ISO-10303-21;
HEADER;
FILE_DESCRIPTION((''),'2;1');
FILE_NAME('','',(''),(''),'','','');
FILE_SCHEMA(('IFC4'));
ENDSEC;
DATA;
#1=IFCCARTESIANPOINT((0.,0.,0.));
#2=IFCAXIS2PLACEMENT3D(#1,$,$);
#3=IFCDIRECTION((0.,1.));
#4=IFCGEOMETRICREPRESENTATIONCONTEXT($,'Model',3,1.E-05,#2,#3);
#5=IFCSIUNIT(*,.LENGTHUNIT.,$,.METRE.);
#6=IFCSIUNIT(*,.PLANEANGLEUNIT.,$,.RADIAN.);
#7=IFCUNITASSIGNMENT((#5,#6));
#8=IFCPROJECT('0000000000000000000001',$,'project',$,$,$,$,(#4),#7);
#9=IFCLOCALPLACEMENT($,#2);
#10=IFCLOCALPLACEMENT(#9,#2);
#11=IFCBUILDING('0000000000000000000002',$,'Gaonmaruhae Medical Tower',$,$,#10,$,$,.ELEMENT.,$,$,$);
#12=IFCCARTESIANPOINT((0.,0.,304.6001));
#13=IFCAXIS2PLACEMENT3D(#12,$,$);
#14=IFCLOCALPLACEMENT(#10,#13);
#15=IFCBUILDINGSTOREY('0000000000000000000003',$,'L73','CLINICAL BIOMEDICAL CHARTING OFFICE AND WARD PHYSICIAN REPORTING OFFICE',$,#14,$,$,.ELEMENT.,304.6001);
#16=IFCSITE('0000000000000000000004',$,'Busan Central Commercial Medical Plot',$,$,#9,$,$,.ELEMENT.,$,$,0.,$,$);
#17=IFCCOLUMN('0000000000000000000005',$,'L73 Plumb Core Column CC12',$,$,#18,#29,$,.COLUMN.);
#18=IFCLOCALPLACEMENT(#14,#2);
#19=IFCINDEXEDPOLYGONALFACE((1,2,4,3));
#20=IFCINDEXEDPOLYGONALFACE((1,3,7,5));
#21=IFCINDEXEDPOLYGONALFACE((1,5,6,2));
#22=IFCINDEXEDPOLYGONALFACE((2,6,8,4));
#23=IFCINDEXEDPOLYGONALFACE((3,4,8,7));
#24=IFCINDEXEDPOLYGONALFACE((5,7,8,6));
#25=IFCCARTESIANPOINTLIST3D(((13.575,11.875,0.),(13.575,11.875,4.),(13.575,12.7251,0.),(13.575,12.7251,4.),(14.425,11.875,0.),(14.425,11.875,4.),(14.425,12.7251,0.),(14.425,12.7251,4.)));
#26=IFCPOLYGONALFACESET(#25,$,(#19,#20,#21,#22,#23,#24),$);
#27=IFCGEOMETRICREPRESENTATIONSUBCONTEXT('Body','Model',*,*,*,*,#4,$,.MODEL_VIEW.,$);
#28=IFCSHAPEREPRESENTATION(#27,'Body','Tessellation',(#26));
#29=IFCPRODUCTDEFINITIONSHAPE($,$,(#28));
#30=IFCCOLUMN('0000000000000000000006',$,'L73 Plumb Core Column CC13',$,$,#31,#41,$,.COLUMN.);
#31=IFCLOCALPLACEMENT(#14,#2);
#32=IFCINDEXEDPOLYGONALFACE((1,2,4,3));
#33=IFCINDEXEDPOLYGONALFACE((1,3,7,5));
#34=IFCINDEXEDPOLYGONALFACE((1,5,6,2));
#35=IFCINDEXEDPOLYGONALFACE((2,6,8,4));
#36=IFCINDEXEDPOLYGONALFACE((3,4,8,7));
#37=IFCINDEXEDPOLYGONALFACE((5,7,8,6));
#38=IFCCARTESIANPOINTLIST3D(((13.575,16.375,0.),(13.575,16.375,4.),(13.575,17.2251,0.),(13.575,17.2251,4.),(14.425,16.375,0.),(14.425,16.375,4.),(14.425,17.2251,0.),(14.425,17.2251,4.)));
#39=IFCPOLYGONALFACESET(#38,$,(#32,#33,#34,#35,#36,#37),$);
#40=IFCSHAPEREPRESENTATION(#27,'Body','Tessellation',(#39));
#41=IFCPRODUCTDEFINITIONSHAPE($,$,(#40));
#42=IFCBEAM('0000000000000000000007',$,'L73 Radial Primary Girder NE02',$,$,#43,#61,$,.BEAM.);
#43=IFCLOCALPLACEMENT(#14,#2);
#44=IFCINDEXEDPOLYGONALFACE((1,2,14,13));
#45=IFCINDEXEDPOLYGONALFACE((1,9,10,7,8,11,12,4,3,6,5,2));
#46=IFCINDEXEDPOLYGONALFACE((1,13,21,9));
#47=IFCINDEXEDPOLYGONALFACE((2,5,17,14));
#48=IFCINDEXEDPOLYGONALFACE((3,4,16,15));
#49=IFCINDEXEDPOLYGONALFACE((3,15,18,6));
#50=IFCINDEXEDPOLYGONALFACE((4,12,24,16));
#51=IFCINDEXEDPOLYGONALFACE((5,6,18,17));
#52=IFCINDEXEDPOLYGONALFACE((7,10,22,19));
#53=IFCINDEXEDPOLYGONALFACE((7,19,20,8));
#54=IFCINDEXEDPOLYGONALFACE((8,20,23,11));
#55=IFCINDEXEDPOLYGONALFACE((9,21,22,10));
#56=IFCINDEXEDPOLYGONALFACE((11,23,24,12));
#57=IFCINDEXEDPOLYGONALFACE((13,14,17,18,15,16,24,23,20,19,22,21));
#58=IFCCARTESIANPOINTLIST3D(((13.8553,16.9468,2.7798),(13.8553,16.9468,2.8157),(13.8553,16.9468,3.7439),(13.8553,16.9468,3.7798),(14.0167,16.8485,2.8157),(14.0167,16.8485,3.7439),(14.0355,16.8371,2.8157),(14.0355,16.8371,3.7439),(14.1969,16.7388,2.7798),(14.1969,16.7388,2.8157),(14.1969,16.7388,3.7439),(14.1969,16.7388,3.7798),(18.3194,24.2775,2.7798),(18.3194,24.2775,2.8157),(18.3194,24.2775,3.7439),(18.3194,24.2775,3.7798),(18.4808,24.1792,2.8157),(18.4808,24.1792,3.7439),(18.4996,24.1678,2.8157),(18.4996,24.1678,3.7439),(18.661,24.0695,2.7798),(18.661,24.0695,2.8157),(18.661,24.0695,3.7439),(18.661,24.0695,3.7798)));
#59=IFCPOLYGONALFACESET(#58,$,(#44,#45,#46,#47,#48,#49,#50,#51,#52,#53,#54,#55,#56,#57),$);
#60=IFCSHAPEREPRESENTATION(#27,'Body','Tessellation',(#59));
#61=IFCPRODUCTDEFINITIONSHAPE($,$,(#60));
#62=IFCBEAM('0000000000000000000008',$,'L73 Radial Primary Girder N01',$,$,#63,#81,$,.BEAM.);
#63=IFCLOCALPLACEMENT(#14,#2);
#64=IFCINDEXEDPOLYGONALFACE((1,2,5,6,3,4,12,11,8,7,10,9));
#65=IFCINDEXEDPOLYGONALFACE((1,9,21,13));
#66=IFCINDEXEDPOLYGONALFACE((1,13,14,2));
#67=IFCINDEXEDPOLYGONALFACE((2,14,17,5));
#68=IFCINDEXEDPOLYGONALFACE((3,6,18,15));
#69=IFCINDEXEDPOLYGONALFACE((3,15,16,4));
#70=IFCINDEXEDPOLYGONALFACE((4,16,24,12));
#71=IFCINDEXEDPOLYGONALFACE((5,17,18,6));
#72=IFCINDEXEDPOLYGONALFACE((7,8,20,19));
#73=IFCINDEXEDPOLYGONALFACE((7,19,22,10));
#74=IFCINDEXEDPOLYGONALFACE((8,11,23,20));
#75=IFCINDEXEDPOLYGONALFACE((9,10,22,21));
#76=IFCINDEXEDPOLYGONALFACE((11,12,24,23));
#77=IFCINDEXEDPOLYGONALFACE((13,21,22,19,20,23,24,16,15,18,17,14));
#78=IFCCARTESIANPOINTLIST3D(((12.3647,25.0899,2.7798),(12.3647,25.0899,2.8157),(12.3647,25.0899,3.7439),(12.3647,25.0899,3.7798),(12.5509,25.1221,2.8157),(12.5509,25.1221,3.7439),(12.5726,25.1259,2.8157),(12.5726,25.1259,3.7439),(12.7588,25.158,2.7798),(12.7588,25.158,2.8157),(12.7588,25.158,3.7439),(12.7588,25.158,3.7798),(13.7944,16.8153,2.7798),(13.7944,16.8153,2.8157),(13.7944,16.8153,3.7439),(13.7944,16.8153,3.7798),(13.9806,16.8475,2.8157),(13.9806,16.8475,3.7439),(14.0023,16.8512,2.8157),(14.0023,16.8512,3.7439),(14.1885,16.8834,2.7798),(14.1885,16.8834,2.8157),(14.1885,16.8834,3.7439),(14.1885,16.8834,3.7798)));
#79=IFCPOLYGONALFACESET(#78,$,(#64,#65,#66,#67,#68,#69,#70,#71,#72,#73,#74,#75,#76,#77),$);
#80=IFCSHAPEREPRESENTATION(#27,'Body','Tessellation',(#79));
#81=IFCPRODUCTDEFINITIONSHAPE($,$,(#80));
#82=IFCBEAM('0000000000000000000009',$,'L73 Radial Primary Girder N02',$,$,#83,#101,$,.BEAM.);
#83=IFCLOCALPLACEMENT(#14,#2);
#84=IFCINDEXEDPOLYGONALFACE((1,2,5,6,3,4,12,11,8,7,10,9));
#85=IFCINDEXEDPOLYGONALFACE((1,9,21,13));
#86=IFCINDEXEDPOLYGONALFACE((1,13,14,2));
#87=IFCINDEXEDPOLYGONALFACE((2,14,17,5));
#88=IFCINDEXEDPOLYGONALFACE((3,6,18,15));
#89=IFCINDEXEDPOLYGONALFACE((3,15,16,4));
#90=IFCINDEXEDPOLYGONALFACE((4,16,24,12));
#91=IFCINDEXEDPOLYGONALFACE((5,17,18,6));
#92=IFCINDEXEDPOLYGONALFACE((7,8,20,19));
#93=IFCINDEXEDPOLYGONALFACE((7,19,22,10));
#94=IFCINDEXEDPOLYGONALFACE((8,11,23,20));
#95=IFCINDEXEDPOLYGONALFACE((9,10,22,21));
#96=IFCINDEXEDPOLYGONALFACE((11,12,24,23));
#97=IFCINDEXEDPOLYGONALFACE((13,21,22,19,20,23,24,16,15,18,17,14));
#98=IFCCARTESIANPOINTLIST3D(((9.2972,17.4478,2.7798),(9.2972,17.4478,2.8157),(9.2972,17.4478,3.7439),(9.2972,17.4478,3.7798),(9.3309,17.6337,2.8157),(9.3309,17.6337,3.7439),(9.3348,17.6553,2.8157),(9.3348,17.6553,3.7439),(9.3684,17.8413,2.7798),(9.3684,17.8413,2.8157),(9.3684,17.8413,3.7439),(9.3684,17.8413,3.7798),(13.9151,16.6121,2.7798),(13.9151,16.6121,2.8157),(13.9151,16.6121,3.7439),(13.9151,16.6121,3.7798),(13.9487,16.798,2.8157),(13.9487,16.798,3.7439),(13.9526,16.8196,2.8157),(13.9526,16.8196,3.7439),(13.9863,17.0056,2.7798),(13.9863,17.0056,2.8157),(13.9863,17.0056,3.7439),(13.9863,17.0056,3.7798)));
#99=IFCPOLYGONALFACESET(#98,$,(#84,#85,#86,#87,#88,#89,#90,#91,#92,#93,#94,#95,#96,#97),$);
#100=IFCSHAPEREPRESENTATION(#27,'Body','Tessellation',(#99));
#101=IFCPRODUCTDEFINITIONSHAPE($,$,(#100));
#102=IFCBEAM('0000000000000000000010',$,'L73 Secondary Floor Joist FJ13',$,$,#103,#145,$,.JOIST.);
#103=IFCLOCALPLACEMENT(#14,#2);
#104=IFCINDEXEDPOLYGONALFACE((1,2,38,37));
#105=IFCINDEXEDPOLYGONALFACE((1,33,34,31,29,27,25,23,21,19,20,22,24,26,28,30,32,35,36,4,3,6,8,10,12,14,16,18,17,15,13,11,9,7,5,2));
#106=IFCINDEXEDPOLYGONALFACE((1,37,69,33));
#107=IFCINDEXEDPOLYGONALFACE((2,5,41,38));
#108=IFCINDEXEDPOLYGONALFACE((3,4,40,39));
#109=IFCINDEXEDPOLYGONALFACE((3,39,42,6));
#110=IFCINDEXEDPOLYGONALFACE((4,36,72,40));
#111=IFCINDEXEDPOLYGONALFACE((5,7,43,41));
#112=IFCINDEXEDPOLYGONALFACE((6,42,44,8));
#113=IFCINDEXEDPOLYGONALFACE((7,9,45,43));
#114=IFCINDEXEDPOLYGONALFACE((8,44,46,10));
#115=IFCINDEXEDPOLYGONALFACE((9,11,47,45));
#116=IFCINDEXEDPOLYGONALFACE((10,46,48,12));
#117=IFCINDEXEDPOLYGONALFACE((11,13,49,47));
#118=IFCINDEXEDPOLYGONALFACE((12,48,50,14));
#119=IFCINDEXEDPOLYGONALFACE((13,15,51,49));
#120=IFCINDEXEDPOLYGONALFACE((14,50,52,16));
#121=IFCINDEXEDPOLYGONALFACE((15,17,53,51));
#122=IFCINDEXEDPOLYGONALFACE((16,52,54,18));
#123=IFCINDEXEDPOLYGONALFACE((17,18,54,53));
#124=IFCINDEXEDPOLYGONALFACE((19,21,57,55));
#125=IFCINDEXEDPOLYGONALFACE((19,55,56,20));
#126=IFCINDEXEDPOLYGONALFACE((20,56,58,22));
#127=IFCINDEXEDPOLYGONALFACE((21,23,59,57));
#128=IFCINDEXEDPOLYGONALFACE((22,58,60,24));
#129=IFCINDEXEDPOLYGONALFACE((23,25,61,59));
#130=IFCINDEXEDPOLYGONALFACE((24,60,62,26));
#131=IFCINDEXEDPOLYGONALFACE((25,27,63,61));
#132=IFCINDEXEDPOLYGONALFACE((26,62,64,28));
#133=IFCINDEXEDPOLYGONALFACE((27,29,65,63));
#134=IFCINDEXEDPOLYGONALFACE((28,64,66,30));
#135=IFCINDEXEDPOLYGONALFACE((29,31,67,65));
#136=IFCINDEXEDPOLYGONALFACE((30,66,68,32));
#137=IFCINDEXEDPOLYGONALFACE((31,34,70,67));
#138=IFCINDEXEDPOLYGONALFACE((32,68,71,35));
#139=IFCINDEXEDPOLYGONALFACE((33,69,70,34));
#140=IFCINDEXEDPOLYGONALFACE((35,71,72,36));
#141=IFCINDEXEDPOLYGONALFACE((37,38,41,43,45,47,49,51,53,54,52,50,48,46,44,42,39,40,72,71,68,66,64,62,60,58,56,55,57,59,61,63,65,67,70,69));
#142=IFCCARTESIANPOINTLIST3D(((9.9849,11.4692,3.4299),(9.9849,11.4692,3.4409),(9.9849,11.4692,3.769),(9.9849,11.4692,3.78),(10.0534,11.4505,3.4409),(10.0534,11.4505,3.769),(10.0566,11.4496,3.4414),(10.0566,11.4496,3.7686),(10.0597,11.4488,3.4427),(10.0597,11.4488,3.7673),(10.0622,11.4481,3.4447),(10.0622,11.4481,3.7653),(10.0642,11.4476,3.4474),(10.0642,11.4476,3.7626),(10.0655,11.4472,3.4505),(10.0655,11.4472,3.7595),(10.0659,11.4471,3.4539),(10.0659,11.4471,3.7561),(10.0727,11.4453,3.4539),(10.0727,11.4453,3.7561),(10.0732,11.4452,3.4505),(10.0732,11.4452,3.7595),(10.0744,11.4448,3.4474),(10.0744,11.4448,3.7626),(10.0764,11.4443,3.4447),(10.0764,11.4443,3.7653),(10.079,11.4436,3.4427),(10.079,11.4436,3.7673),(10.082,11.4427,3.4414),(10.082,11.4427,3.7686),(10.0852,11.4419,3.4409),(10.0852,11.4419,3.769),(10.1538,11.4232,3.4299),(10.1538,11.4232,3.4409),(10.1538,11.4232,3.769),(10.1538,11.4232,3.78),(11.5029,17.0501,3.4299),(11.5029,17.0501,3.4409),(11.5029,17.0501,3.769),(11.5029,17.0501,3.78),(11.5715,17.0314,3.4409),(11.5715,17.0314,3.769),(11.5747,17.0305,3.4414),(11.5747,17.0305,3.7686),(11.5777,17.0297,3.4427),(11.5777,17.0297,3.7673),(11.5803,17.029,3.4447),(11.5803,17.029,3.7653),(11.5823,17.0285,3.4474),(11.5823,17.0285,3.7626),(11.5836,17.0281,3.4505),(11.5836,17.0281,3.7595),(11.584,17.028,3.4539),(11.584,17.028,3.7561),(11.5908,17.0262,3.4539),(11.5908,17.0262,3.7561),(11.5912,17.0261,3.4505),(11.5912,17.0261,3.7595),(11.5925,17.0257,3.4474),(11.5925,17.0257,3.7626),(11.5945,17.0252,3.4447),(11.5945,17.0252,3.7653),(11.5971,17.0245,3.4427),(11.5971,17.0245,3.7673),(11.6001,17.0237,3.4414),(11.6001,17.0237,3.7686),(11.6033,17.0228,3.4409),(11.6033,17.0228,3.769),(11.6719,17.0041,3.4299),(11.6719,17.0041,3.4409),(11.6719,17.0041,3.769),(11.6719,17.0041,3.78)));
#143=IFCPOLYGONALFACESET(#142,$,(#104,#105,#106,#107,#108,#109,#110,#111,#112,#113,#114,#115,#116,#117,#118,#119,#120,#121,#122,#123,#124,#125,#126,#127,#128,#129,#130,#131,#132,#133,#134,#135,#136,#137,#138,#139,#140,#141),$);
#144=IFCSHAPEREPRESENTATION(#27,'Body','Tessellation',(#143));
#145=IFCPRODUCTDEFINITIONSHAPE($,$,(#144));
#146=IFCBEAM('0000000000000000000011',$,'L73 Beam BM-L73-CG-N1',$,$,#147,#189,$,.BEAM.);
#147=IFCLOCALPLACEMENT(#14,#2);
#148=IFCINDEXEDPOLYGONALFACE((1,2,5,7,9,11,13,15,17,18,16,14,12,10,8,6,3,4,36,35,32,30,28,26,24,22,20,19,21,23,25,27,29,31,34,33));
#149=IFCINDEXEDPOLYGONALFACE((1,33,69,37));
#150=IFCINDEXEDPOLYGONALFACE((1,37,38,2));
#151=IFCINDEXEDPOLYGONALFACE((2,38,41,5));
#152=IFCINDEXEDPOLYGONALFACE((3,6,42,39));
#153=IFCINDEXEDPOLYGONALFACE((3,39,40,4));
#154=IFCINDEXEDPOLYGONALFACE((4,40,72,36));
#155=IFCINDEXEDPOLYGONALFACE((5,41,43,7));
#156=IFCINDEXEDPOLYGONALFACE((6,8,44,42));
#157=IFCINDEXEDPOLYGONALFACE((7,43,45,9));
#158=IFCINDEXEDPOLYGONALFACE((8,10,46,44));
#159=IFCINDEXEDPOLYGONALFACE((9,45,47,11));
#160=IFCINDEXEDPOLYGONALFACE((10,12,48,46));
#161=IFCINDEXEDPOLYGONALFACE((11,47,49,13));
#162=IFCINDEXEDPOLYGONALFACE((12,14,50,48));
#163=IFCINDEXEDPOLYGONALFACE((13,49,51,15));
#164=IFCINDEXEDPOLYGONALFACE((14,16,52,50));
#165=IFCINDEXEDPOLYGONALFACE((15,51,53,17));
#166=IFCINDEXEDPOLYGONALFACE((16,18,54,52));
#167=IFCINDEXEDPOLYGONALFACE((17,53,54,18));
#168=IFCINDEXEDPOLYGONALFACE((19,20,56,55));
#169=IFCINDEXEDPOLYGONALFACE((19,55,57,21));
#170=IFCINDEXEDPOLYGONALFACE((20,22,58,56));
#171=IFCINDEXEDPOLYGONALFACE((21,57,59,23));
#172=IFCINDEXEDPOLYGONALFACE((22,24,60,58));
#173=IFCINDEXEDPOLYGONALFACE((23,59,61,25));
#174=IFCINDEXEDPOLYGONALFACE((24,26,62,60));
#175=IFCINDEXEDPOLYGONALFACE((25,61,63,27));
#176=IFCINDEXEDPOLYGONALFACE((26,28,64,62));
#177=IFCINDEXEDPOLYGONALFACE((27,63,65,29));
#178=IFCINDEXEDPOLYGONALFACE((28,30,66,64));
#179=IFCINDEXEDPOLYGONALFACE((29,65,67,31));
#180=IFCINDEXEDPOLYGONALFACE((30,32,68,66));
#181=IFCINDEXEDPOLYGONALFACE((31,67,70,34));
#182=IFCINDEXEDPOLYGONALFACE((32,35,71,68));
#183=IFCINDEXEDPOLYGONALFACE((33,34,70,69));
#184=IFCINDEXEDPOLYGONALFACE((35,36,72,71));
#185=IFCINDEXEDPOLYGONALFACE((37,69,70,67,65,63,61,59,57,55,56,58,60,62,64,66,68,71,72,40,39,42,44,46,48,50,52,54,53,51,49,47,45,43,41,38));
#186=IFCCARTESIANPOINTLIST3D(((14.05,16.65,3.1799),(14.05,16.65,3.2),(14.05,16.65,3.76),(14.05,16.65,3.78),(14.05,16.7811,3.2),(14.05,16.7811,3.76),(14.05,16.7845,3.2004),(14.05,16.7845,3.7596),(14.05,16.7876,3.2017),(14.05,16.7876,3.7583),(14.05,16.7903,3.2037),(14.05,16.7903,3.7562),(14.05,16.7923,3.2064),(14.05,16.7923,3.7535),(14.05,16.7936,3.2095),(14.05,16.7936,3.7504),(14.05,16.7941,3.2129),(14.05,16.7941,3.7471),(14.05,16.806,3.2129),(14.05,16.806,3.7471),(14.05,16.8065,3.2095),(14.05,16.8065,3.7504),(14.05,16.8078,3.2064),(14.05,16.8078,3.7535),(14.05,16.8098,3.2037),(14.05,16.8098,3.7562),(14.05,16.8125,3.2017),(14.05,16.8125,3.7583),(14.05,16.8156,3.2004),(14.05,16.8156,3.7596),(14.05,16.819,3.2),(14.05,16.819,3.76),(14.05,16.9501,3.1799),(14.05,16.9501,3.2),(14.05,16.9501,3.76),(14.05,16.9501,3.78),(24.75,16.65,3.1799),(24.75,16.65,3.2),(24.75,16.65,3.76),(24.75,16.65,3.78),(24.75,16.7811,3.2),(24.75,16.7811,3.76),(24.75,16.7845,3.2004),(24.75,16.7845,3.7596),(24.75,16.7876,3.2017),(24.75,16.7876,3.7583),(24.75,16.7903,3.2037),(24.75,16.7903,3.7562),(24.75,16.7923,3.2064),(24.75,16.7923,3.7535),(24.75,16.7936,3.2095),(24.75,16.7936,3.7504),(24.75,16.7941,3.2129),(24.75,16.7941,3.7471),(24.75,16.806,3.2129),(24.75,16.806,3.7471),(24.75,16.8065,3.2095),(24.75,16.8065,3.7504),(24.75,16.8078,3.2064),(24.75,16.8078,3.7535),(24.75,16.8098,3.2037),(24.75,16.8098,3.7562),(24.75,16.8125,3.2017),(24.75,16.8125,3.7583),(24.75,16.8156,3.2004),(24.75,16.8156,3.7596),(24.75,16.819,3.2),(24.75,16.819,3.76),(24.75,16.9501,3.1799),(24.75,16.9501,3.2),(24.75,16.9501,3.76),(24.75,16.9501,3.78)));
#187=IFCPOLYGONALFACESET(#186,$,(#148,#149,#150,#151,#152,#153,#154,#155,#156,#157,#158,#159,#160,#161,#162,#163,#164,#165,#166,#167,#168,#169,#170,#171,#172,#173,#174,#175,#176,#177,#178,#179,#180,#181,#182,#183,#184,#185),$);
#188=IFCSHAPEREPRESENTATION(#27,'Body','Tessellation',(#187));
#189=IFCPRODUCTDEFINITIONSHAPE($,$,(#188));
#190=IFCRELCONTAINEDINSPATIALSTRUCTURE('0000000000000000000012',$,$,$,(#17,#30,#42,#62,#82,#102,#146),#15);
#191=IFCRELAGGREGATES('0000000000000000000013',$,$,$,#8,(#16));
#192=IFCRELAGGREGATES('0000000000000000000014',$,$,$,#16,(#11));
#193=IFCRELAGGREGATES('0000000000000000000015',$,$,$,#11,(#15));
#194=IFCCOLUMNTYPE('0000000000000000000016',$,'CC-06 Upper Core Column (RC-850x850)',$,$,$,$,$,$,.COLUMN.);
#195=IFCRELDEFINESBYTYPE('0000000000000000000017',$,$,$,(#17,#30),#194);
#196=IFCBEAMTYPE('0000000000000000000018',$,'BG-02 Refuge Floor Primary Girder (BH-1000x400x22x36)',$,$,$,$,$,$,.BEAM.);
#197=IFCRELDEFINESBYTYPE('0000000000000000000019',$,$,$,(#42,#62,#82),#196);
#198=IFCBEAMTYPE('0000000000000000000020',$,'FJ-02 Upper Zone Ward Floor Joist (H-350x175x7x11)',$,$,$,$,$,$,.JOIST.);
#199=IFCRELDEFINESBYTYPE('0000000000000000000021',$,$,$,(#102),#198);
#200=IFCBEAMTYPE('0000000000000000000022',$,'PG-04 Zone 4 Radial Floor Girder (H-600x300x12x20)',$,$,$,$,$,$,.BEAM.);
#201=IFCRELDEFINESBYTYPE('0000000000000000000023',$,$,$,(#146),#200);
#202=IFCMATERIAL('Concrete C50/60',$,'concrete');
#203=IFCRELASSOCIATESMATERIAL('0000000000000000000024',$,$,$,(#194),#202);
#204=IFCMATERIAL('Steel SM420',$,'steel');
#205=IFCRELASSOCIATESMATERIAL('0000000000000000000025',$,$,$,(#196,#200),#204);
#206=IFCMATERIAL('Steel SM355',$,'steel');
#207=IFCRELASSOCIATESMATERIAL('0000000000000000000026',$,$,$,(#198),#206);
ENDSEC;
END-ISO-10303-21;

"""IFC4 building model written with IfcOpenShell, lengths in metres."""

from ifc_helpers import new_model, si_unit, direction, frame, origin, origin_2d, place, context, subcontext, project, spatial, rectangle, i_section, extrude, material, material_profile, profile_set, type_object, element, save


model = new_model("IFC4")

# Units and contexts
model_context = context("Model", 3, precision=1e-05, world=origin(), true_north=direction((0.0, 1.0)))
body_context = subcontext(model_context, "Body", "Model", "MODEL_VIEW")
ifc_project = project(units=[si_unit("LENGTHUNIT", "METRE"), si_unit("PLANEANGLEUNIT", "RADIAN")], contexts=[model_context])

# Site, building, storey
site_placement = place(None, origin())
site = spatial("IfcSite", under=ifc_project, at=site_placement, Name="Busan Central Commercial Medical Plot", CompositionType="ELEMENT", RefElevation=0.0)
building_placement = place(site_placement, origin())
building = spatial("IfcBuilding", under=site, at=building_placement, Name="Gaonmaruhae Medical Tower", CompositionType="ELEMENT")
storey_placement = place(building_placement, frame((0.0, 0.0, 304.6001)))
storey = spatial("IfcBuildingStorey", under=building, at=storey_placement, Name="L73", Description="CLINICAL BIOMEDICAL CHARTING OFFICE AND WARD PHYSICIAN REPORTING OFFICE", CompositionType="ELEMENT", Elevation=304.6001)

# Columns
ifc_material_1 = material(Name="Concrete C50/60", Category="concrete")
ifc_material_profile_1 = material_profile(ifc_material_1, rectangle(XDim=0.8501, YDim=0.8501, at=origin_2d()), Name="RC-850x850")
ifc_profile_set_1 = profile_set([ifc_material_profile_1], Name="Concrete C50/60")
column_type = type_object("IfcColumnType", Name="CC-06 Upper Core Column (RC-850x850)", PredefinedType="COLUMN", material=ifc_profile_set_1)
for number, where, z_axis, x_axis, name in (
    (1, (14.0, 12.3, 0.0), (0.0, 0.0, 1.0), (1.0, 0.0, 0.0), "L73 Plumb Core Column CC12"),
    (2, (14.0, 16.8, 0.0), (0.0, 0.0, 1.0), (1.0, 0.0, 0.0), "L73 Plumb Core Column CC13"),
):
    element("IfcColumn", number, at=place(storey_placement, frame(where, z_axis=z_axis, x_axis=x_axis)), inside=storey, type_object=column_type, Name=name, PredefinedType="COLUMN", context=body_context, shape_type="SweptSolid", body=[
        extrude(rectangle(XDim=0.8501, YDim=0.8501, at=origin_2d()), origin(), (0.0, 0.0, 1.0), 4.0),
    ])

# Beams
ifc_material_2 = material(Name="Steel SM420", Category="steel")
ifc_material_profile_2 = material_profile(ifc_material_2, i_section(OverallWidth=0.3999, OverallDepth=1.0, WebThickness=0.022, FlangeThickness=0.0359, at=origin_2d()), Name="BH-1000x400x22x36")
ifc_profile_set_2 = profile_set([ifc_material_profile_2], Name="Steel SM420")
beam_type_1 = type_object("IfcBeamType", Name="BG-02 Refuge Floor Primary Girder (BH-1000x400x22x36)", PredefinedType="BEAM", material=ifc_profile_set_2)
beam_1_placement = place(storey_placement, frame((14.0261, 16.8428, 3.2798), z_axis=(0.520107, 0.854101, 0.0), x_axis=(-0.854101, 0.520107, 0.0)))
element("IfcBeam", 3, at=beam_1_placement, inside=storey, type_object=beam_type_1, Name="L73 Radial Primary Girder NE02", PredefinedType="BEAM", context=body_context, shape_type="SweptSolid", body=[
    extrude(i_section(OverallWidth=0.3999, OverallDepth=1.0, WebThickness=0.022, FlangeThickness=0.0359, at=origin_2d()), origin(), (0.0, 0.0, 1.0), 8.583),
])
beam_2_placement = place(storey_placement, frame((13.9915, 16.8494, 3.2798), z_axis=(-0.170256, 0.9854, 0.0), x_axis=(-0.9854, -0.170256, 0.0)))
element("IfcBeam", 4, at=beam_2_placement, inside=storey, type_object=beam_type_1, Name="L73 Radial Primary Girder N01", PredefinedType="BEAM", context=body_context, shape_type="SweptSolid", body=[
    extrude(i_section(OverallWidth=0.3999, OverallDepth=1.0, WebThickness=0.022, FlangeThickness=0.0359, at=origin_2d()), origin(), (0.0, 0.0, 1.0), 8.3972),
])
beam_3_placement = place(storey_placement, frame((13.9507, 16.8088, 3.2798), z_axis=(-0.984017, 0.178075, 0.0), x_axis=(-0.178075, -0.984017, 0.0)))
element("IfcBeam", 5, at=beam_3_placement, inside=storey, type_object=beam_type_1, Name="L73 Radial Primary Girder N02", PredefinedType="BEAM", context=body_context, shape_type="SweptSolid", body=[
    extrude(i_section(OverallWidth=0.3999, OverallDepth=1.0, WebThickness=0.022, FlangeThickness=0.0359, at=origin_2d()), origin(), (0.0, 0.0, 1.0), 4.6929),
])
ifc_material_3 = material(Name="Steel SM355", Category="steel")
ifc_material_profile_3 = material_profile(ifc_material_3, i_section(OverallWidth=0.175, OverallDepth=0.3501, WebThickness=0.0071, FlangeThickness=0.011, FilletRadius=0.0129, at=origin_2d()), Name="H-350x175x7x11")
ifc_profile_set_3 = profile_set([ifc_material_profile_3], Name="Steel SM355")
beam_type_2 = type_object("IfcBeamType", Name="FJ-02 Upper Zone Ward Floor Joist (H-350x175x7x11)", PredefinedType="JOIST", material=ifc_profile_set_3)
beam_4_placement = place(storey_placement, frame((11.5874, 17.0271, 3.605), z_axis=(-0.262478, -0.964938, 0.0), x_axis=(0.964938, -0.262478, 0.0)))
element("IfcBeam", 6, at=beam_4_placement, inside=storey, type_object=beam_type_2, Name="L73 Secondary Floor Joist FJ13", PredefinedType="JOIST", context=body_context, shape_type="SweptSolid", body=[
    extrude(i_section(OverallWidth=0.175, OverallDepth=0.3501, WebThickness=0.0071, FlangeThickness=0.011, FilletRadius=0.0129, at=origin_2d()), origin(), (0.0, 0.0, 1.0), 5.7837),
])
ifc_material_profile_4 = material_profile(ifc_material_2, i_section(OverallWidth=0.3, OverallDepth=0.6001, WebThickness=0.012, FlangeThickness=0.02, FilletRadius=0.0129, at=origin_2d()), Name="H-600x300x12x20")
ifc_profile_set_4 = profile_set([ifc_material_profile_4], Name="Steel SM420")
beam_type_3 = type_object("IfcBeamType", Name="PG-04 Zone 4 Radial Floor Girder (H-600x300x12x20)", PredefinedType="BEAM", material=ifc_profile_set_4)
beam_5_placement = place(storey_placement, frame((14.05, 16.8, 3.48), z_axis=(1.0, 0.0, 0.0), x_axis=(0.0, 1.0, 0.0)))
element("IfcBeam", 7, at=beam_5_placement, inside=storey, type_object=beam_type_3, Name="L73 Beam BM-L73-CG-N1", PredefinedType="BEAM", context=body_context, shape_type="SweptSolid", body=[
    extrude(i_section(OverallWidth=0.3, OverallDepth=0.6001, WebThickness=0.012, FlangeThickness=0.02, FilletRadius=0.0129, at=origin_2d()), origin(), (0.0, 0.0, 1.0), 10.7),
])

save(model, "model.ifc")
